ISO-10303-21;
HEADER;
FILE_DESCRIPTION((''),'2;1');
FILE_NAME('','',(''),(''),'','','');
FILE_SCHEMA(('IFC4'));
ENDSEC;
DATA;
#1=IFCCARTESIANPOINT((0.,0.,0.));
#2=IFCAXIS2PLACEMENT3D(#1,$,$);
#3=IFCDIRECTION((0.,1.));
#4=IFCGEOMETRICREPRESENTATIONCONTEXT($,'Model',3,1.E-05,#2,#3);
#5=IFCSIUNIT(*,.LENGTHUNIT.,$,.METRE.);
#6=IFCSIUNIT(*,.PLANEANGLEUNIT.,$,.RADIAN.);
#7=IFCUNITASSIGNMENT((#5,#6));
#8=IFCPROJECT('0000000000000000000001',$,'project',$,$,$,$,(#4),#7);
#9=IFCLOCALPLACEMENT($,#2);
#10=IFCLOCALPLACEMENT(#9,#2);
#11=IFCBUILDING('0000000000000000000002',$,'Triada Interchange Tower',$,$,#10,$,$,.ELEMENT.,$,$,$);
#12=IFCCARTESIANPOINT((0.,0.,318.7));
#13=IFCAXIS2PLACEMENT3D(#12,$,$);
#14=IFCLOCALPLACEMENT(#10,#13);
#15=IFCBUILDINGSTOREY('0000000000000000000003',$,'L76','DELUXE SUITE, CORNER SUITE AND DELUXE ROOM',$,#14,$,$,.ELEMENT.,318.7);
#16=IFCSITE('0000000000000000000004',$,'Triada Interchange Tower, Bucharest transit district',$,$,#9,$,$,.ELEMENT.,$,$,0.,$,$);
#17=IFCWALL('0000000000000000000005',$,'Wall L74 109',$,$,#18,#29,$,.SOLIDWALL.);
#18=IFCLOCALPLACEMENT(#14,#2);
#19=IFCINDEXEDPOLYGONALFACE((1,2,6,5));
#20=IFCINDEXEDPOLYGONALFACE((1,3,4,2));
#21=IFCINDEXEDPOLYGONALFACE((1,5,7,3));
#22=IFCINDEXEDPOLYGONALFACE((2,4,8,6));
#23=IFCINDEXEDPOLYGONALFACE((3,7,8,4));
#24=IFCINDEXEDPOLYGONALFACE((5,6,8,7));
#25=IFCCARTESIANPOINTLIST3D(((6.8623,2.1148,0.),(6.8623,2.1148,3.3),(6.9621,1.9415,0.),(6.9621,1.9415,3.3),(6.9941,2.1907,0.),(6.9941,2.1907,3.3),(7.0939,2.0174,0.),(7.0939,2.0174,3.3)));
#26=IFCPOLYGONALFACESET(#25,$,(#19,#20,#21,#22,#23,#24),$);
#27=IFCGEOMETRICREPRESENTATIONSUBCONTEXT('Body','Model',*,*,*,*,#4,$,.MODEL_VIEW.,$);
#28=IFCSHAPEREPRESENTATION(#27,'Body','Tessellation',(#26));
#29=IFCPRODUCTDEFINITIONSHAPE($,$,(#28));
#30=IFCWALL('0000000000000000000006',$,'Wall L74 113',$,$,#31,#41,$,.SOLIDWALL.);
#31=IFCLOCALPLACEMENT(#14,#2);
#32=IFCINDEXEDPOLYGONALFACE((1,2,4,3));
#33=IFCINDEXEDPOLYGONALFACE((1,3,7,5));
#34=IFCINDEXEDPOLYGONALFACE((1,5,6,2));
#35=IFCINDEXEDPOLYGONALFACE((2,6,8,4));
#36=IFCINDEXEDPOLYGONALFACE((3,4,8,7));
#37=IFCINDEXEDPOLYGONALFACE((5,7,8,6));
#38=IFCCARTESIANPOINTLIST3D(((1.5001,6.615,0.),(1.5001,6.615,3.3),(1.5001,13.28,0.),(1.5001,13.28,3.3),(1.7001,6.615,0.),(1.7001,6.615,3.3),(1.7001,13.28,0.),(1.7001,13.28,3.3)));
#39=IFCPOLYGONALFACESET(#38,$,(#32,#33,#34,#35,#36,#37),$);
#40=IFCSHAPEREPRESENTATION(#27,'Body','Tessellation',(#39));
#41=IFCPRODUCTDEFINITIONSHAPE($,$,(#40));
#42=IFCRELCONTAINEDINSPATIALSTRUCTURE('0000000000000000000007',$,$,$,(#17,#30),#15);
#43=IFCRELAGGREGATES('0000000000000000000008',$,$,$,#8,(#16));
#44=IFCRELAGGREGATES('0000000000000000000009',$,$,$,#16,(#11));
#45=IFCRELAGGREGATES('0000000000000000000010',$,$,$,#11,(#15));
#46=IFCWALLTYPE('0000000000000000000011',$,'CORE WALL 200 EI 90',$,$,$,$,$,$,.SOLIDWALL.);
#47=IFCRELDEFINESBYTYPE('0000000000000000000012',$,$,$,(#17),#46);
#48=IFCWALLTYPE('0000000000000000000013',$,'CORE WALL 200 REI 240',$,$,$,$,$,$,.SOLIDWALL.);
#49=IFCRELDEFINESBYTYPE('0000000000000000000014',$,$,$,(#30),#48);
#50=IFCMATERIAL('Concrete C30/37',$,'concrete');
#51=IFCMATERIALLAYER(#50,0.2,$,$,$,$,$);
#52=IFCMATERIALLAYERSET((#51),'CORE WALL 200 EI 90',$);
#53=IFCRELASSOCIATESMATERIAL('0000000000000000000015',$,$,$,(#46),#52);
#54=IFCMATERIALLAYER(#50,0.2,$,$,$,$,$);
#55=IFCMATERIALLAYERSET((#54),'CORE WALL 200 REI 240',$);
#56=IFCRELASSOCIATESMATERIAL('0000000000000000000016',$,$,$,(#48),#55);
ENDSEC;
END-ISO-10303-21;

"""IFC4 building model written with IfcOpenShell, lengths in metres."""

from ifc_helpers import new_model, si_unit, direction, frame, frame_2d, origin, place, context, subcontext, project, spatial, rectangle, extrude, material, layer, layer_set, type_object, element, save


model = new_model("IFC4")

# Units and contexts
model_context = context("Model", 3, precision=1e-05, world=origin(), true_north=direction((0.0, 1.0)))
body_context = subcontext(model_context, "Body", "Model", "MODEL_VIEW")
ifc_project = project(units=[si_unit("LENGTHUNIT", "METRE"), si_unit("PLANEANGLEUNIT", "RADIAN")], contexts=[model_context])

# Site, building, storey
site_placement = place(None, origin())
site = spatial("IfcSite", under=ifc_project, at=site_placement, Name="Triada Interchange Tower, Bucharest transit district", CompositionType="ELEMENT", RefElevation=0.0)
building_placement = place(site_placement, origin())
building = spatial("IfcBuilding", under=site, at=building_placement, Name="Triada Interchange Tower", CompositionType="ELEMENT")
storey_placement = place(building_placement, frame((0.0, 0.0, 318.7)))
storey = spatial("IfcBuildingStorey", under=building, at=storey_placement, Name="L76", Description="DELUXE SUITE, CORNER SUITE AND DELUXE ROOM", CompositionType="ELEMENT", Elevation=318.7)

# Shared definitions
ifc_material_1 = material(Name="Concrete C30/37", Category="concrete")

# Walls
ifc_layer_1 = layer(ifc_material_1, 0.2)
ifc_layer_set_1 = layer_set([ifc_layer_1], Name="CORE WALL 200 EI 90")
wall_type_1 = type_object("IfcWallType", Name="CORE WALL 200 EI 90", PredefinedType="SOLIDWALL", material=ifc_layer_set_1)
wall_1_placement = place(storey_placement, frame((6.9121, 2.0281, 0.0), z_axis=(0.0, 0.0, 1.0), x_axis=(0.866559, 0.499074, 0.0)))
element("IfcWall", 1, at=wall_1_placement, inside=storey, type_object=wall_type_1, Name="Wall L74 109", PredefinedType="SOLIDWALL", context=body_context, shape_type="SweptSolid", body=[
    extrude(rectangle(XDim=0.1521, YDim=0.2, at=frame_2d((0.0762, 0.0))), origin(), (0.0, 0.0, 1.0), 3.3),
])
ifc_layer_2 = layer(ifc_material_1, 0.2)
ifc_layer_set_2 = layer_set([ifc_layer_2], Name="CORE WALL 200 REI 240")
wall_type_2 = type_object("IfcWallType", Name="CORE WALL 200 REI 240", PredefinedType="SOLIDWALL", material=ifc_layer_set_2)
wall_2_placement = place(storey_placement, frame((1.6001, 6.615, 0.0), z_axis=(0.0, 0.0, 1.0), x_axis=(0.0, 1.0, 0.0)))
element("IfcWall", 2, at=wall_2_placement, inside=storey, type_object=wall_type_2, Name="Wall L74 113", PredefinedType="SOLIDWALL", context=body_context, shape_type="SweptSolid", body=[
    extrude(rectangle(XDim=6.665, YDim=0.2, at=frame_2d((3.3325, 0.0))), origin(), (0.0, 0.0, 1.0), 3.3),
])

save(model, "model.ifc")
